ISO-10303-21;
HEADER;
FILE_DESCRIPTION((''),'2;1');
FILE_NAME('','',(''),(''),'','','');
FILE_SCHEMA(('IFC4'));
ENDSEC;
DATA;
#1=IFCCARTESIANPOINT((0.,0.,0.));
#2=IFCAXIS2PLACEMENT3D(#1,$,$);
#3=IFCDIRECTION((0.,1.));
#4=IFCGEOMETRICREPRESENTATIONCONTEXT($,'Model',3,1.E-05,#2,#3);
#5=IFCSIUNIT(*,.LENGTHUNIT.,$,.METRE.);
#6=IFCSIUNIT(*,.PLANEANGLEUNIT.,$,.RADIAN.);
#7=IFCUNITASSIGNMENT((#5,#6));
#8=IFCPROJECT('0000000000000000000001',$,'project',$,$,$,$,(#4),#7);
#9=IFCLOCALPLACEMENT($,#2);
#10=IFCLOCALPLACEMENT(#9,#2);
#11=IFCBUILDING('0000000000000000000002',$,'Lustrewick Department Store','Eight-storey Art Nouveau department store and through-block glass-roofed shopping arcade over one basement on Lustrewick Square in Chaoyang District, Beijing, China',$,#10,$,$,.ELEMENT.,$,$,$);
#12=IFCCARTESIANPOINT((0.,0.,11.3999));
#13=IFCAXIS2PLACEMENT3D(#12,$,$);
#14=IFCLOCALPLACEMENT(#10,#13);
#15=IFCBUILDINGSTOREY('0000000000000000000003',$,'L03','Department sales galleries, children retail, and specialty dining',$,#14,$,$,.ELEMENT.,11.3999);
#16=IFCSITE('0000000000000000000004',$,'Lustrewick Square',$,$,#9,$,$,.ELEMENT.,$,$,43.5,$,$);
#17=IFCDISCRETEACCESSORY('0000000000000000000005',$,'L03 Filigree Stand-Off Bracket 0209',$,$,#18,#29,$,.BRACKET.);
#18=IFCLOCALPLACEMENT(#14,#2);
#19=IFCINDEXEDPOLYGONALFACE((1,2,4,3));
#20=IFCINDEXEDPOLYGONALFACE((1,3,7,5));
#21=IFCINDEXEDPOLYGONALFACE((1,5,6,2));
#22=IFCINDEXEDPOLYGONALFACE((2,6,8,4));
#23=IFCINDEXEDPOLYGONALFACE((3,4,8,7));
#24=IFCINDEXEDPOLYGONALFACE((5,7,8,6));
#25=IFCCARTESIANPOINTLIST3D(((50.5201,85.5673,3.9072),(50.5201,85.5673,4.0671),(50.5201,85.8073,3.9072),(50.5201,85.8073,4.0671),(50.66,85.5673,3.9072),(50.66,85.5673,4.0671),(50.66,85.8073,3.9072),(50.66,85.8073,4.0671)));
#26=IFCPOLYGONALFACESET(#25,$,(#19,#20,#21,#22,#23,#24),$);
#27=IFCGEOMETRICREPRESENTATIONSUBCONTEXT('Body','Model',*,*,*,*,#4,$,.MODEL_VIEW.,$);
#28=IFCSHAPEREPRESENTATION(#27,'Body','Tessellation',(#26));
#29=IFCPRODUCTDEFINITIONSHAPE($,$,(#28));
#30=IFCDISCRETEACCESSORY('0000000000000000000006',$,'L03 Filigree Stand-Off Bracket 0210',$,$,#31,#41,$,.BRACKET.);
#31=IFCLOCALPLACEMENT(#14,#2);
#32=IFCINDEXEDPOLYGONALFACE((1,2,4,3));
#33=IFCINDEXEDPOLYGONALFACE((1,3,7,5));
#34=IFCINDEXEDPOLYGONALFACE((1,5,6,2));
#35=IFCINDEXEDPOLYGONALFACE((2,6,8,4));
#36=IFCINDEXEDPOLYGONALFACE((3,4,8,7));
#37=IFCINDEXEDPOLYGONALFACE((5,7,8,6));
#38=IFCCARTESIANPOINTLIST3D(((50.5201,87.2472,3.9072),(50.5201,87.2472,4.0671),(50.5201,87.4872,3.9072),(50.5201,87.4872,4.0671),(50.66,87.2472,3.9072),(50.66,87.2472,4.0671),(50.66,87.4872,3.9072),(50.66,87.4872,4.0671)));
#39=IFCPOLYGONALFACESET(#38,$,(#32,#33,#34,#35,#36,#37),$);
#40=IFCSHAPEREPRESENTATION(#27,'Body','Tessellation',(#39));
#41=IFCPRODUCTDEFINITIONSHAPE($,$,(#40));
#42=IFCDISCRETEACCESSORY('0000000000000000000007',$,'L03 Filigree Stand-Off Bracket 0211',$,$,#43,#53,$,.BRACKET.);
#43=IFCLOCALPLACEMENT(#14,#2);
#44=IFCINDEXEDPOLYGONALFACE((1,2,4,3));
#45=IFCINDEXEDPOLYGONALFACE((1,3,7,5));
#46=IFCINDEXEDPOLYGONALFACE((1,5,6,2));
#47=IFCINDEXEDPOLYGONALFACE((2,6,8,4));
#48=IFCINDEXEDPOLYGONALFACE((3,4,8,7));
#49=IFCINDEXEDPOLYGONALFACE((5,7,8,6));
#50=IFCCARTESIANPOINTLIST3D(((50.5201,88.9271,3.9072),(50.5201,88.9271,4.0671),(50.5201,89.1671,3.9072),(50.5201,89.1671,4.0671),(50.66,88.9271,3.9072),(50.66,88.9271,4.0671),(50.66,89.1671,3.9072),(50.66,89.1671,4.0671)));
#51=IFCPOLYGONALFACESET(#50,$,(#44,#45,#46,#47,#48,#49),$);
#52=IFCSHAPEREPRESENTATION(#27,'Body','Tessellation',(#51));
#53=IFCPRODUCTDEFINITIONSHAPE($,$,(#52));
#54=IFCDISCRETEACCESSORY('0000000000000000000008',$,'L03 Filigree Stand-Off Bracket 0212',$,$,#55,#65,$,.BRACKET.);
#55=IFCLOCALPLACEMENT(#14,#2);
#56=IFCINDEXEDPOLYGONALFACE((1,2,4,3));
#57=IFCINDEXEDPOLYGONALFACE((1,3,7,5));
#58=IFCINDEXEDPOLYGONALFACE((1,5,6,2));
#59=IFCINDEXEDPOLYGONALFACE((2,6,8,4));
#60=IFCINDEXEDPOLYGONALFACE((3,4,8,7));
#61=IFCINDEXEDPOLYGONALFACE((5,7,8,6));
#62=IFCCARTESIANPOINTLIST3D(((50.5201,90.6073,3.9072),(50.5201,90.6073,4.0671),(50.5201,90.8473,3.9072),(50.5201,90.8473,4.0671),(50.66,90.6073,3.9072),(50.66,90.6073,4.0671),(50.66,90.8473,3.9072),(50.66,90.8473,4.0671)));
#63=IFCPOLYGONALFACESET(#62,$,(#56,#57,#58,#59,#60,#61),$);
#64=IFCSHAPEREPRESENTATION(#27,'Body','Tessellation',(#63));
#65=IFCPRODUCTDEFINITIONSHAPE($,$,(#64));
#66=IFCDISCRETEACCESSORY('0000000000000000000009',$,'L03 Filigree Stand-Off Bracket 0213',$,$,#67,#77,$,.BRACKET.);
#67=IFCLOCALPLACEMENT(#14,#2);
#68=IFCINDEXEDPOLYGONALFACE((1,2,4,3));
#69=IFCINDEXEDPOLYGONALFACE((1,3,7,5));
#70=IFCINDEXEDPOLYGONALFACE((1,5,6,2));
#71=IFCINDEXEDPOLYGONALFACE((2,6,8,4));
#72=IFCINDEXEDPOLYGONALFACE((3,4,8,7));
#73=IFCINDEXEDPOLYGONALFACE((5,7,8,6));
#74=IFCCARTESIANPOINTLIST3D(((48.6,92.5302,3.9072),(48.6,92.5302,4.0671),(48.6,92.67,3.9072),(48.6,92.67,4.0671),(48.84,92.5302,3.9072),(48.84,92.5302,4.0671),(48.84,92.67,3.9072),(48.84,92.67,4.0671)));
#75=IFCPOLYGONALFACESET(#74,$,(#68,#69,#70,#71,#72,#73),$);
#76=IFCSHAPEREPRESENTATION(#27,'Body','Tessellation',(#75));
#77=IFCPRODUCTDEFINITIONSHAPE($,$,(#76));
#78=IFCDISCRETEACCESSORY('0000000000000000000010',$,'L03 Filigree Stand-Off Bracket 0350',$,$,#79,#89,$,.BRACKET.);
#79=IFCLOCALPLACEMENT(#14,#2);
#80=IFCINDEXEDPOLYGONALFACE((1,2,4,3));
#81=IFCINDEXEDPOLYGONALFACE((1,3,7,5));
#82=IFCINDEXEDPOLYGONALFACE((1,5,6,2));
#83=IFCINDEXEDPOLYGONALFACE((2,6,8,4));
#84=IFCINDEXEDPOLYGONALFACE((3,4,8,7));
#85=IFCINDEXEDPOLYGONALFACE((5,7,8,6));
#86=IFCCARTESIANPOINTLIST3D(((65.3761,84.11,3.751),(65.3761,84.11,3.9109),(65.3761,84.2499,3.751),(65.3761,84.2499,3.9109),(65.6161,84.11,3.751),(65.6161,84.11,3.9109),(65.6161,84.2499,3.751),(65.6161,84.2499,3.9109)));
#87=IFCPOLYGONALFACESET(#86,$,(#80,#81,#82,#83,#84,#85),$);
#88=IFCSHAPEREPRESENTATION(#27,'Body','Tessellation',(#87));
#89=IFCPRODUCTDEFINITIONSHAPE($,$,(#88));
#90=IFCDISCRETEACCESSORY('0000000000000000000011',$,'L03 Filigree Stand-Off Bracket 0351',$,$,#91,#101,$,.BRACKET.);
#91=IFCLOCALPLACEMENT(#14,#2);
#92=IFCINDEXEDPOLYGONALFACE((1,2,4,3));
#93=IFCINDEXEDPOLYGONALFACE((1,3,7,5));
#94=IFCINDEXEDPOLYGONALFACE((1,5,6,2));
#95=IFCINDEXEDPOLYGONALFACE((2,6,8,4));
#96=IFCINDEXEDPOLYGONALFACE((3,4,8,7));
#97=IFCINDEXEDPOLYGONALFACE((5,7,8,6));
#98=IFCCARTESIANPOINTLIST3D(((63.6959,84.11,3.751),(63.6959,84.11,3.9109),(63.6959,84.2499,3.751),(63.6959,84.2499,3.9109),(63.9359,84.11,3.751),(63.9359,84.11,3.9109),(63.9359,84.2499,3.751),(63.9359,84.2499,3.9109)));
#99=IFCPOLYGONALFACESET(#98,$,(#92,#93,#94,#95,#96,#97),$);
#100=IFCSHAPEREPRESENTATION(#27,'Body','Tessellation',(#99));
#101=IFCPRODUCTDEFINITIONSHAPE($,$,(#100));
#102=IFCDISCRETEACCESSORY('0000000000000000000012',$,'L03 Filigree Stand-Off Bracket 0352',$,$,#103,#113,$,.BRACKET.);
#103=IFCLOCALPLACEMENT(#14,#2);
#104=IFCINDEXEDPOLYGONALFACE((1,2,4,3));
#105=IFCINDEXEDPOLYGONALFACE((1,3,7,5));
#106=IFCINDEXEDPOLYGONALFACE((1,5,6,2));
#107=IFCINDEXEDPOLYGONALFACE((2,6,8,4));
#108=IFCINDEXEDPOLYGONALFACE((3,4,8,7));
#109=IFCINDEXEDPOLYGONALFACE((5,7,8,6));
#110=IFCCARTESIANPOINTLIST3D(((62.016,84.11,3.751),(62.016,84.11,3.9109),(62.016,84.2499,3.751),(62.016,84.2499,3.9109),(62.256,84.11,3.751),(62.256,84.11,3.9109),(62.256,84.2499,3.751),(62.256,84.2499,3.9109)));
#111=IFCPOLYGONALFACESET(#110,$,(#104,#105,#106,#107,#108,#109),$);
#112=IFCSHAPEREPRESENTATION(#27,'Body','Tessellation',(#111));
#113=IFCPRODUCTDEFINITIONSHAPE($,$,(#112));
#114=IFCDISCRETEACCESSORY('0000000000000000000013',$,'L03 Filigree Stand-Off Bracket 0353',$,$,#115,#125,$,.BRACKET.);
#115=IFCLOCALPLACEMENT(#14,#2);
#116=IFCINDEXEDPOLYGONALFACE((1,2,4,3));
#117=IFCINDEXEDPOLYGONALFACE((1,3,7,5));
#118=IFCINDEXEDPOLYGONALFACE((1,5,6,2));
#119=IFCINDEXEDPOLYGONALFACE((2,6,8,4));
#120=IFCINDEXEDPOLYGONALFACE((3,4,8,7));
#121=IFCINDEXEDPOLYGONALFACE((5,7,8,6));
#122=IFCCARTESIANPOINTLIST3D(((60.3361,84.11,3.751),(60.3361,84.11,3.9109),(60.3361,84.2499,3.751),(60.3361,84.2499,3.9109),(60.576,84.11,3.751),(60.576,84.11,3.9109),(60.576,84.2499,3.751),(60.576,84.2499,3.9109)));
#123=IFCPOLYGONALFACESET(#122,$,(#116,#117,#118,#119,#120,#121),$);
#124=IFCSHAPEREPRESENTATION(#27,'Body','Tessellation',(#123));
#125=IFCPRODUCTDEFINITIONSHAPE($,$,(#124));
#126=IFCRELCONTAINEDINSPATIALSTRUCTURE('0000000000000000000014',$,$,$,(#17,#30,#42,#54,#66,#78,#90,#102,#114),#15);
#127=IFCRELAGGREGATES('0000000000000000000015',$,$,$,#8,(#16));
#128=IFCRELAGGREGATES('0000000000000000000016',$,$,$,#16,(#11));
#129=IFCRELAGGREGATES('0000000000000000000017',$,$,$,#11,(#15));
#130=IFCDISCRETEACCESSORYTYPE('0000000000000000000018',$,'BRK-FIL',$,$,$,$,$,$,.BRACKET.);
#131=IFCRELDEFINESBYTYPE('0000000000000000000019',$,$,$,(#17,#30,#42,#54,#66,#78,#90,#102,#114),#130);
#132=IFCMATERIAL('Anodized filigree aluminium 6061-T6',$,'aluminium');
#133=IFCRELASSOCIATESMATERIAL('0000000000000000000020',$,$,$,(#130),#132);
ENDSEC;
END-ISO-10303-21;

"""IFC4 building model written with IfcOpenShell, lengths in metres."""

from ifc_helpers import new_model, si_unit, direction, frame, origin, origin_2d, place, context, subcontext, project, spatial, rectangle, extrude, material, type_object, element, save


model = new_model("IFC4")

# Units and contexts
model_context = context("Model", 3, precision=1e-05, world=origin(), true_north=direction((0.0, 1.0)))
body_context = subcontext(model_context, "Body", "Model", "MODEL_VIEW")
ifc_project = project(units=[si_unit("LENGTHUNIT", "METRE"), si_unit("PLANEANGLEUNIT", "RADIAN")], contexts=[model_context])

# Site, building, storey
site_placement = place(None, origin())
site = spatial("IfcSite", under=ifc_project, at=site_placement, Name="Lustrewick Square", CompositionType="ELEMENT", RefElevation=43.5)
building_placement = place(site_placement, origin())
building = spatial("IfcBuilding", under=site, at=building_placement, Name="Lustrewick Department Store", Description="Eight-storey Art Nouveau department store and through-block glass-roofed shopping arcade over one basement on Lustrewick Square in Chaoyang District, Beijing, China", CompositionType="ELEMENT")
storey_placement = place(building_placement, frame((0.0, 0.0, 11.3999)))
storey = spatial("IfcBuildingStorey", under=building, at=storey_placement, Name="L03", Description="Department sales galleries, children retail, and specialty dining", CompositionType="ELEMENT", Elevation=11.3999)

# Discrete accessories
ifc_material_1 = material(Name="Anodized filigree aluminium 6061-T6", Category="aluminium")
discrete_accessory_type = type_object("IfcDiscreteAccessoryType", Name="BRK-FIL", PredefinedType="BRACKET", material=ifc_material_1)
for number, where, z_axis, x_axis, name in (
    (1, (50.5901, 85.6873, 3.9072), (0.0, 0.0, 1.0), (0.0, 1.0, 0.0), "L03 Filigree Stand-Off Bracket 0209"),
    (2, (50.5901, 87.3672, 3.9072), (0.0, 0.0, 1.0), (0.0, 1.0, 0.0), "L03 Filigree Stand-Off Bracket 0210"),
    (3, (50.5901, 89.0471, 3.9072), (0.0, 0.0, 1.0), (0.0, 1.0, 0.0), "L03 Filigree Stand-Off Bracket 0211"),
    (4, (50.5901, 90.7273, 3.9072), (0.0, 0.0, 1.0), (0.0, 1.0, 0.0), "L03 Filigree Stand-Off Bracket 0212"),
    (5, (48.72, 92.6001, 3.9072), (0.0, 0.0, 1.0), (-1.0, 0.0, 0.0), "L03 Filigree Stand-Off Bracket 0213"),
    (6, (65.4961, 84.1799, 3.751), (0.0, 0.0, 1.0), (-1.0, 0.0, 0.0), "L03 Filigree Stand-Off Bracket 0350"),
    (7, (63.8159, 84.1799, 3.751), (0.0, 0.0, 1.0), (-1.0, 0.0, 0.0), "L03 Filigree Stand-Off Bracket 0351"),
    (8, (62.136, 84.1799, 3.751), (0.0, 0.0, 1.0), (-1.0, 0.0, 0.0), "L03 Filigree Stand-Off Bracket 0352"),
    (9, (60.4561, 84.1799, 3.751), (0.0, 0.0, 1.0), (-1.0, 0.0, 0.0), "L03 Filigree Stand-Off Bracket 0353"),
):
    element("IfcDiscreteAccessory", number, at=place(storey_placement, frame(where, z_axis=z_axis, x_axis=x_axis)), inside=storey, type_object=discrete_accessory_type, Name=name, PredefinedType="BRACKET", context=body_context, shape_type="SweptSolid", body=[
        extrude(rectangle(XDim=0.24, YDim=0.1399, at=origin_2d()), origin(), (0.0, 0.0, 1.0), 0.1599),
    ])

save(model, "model.ifc")
